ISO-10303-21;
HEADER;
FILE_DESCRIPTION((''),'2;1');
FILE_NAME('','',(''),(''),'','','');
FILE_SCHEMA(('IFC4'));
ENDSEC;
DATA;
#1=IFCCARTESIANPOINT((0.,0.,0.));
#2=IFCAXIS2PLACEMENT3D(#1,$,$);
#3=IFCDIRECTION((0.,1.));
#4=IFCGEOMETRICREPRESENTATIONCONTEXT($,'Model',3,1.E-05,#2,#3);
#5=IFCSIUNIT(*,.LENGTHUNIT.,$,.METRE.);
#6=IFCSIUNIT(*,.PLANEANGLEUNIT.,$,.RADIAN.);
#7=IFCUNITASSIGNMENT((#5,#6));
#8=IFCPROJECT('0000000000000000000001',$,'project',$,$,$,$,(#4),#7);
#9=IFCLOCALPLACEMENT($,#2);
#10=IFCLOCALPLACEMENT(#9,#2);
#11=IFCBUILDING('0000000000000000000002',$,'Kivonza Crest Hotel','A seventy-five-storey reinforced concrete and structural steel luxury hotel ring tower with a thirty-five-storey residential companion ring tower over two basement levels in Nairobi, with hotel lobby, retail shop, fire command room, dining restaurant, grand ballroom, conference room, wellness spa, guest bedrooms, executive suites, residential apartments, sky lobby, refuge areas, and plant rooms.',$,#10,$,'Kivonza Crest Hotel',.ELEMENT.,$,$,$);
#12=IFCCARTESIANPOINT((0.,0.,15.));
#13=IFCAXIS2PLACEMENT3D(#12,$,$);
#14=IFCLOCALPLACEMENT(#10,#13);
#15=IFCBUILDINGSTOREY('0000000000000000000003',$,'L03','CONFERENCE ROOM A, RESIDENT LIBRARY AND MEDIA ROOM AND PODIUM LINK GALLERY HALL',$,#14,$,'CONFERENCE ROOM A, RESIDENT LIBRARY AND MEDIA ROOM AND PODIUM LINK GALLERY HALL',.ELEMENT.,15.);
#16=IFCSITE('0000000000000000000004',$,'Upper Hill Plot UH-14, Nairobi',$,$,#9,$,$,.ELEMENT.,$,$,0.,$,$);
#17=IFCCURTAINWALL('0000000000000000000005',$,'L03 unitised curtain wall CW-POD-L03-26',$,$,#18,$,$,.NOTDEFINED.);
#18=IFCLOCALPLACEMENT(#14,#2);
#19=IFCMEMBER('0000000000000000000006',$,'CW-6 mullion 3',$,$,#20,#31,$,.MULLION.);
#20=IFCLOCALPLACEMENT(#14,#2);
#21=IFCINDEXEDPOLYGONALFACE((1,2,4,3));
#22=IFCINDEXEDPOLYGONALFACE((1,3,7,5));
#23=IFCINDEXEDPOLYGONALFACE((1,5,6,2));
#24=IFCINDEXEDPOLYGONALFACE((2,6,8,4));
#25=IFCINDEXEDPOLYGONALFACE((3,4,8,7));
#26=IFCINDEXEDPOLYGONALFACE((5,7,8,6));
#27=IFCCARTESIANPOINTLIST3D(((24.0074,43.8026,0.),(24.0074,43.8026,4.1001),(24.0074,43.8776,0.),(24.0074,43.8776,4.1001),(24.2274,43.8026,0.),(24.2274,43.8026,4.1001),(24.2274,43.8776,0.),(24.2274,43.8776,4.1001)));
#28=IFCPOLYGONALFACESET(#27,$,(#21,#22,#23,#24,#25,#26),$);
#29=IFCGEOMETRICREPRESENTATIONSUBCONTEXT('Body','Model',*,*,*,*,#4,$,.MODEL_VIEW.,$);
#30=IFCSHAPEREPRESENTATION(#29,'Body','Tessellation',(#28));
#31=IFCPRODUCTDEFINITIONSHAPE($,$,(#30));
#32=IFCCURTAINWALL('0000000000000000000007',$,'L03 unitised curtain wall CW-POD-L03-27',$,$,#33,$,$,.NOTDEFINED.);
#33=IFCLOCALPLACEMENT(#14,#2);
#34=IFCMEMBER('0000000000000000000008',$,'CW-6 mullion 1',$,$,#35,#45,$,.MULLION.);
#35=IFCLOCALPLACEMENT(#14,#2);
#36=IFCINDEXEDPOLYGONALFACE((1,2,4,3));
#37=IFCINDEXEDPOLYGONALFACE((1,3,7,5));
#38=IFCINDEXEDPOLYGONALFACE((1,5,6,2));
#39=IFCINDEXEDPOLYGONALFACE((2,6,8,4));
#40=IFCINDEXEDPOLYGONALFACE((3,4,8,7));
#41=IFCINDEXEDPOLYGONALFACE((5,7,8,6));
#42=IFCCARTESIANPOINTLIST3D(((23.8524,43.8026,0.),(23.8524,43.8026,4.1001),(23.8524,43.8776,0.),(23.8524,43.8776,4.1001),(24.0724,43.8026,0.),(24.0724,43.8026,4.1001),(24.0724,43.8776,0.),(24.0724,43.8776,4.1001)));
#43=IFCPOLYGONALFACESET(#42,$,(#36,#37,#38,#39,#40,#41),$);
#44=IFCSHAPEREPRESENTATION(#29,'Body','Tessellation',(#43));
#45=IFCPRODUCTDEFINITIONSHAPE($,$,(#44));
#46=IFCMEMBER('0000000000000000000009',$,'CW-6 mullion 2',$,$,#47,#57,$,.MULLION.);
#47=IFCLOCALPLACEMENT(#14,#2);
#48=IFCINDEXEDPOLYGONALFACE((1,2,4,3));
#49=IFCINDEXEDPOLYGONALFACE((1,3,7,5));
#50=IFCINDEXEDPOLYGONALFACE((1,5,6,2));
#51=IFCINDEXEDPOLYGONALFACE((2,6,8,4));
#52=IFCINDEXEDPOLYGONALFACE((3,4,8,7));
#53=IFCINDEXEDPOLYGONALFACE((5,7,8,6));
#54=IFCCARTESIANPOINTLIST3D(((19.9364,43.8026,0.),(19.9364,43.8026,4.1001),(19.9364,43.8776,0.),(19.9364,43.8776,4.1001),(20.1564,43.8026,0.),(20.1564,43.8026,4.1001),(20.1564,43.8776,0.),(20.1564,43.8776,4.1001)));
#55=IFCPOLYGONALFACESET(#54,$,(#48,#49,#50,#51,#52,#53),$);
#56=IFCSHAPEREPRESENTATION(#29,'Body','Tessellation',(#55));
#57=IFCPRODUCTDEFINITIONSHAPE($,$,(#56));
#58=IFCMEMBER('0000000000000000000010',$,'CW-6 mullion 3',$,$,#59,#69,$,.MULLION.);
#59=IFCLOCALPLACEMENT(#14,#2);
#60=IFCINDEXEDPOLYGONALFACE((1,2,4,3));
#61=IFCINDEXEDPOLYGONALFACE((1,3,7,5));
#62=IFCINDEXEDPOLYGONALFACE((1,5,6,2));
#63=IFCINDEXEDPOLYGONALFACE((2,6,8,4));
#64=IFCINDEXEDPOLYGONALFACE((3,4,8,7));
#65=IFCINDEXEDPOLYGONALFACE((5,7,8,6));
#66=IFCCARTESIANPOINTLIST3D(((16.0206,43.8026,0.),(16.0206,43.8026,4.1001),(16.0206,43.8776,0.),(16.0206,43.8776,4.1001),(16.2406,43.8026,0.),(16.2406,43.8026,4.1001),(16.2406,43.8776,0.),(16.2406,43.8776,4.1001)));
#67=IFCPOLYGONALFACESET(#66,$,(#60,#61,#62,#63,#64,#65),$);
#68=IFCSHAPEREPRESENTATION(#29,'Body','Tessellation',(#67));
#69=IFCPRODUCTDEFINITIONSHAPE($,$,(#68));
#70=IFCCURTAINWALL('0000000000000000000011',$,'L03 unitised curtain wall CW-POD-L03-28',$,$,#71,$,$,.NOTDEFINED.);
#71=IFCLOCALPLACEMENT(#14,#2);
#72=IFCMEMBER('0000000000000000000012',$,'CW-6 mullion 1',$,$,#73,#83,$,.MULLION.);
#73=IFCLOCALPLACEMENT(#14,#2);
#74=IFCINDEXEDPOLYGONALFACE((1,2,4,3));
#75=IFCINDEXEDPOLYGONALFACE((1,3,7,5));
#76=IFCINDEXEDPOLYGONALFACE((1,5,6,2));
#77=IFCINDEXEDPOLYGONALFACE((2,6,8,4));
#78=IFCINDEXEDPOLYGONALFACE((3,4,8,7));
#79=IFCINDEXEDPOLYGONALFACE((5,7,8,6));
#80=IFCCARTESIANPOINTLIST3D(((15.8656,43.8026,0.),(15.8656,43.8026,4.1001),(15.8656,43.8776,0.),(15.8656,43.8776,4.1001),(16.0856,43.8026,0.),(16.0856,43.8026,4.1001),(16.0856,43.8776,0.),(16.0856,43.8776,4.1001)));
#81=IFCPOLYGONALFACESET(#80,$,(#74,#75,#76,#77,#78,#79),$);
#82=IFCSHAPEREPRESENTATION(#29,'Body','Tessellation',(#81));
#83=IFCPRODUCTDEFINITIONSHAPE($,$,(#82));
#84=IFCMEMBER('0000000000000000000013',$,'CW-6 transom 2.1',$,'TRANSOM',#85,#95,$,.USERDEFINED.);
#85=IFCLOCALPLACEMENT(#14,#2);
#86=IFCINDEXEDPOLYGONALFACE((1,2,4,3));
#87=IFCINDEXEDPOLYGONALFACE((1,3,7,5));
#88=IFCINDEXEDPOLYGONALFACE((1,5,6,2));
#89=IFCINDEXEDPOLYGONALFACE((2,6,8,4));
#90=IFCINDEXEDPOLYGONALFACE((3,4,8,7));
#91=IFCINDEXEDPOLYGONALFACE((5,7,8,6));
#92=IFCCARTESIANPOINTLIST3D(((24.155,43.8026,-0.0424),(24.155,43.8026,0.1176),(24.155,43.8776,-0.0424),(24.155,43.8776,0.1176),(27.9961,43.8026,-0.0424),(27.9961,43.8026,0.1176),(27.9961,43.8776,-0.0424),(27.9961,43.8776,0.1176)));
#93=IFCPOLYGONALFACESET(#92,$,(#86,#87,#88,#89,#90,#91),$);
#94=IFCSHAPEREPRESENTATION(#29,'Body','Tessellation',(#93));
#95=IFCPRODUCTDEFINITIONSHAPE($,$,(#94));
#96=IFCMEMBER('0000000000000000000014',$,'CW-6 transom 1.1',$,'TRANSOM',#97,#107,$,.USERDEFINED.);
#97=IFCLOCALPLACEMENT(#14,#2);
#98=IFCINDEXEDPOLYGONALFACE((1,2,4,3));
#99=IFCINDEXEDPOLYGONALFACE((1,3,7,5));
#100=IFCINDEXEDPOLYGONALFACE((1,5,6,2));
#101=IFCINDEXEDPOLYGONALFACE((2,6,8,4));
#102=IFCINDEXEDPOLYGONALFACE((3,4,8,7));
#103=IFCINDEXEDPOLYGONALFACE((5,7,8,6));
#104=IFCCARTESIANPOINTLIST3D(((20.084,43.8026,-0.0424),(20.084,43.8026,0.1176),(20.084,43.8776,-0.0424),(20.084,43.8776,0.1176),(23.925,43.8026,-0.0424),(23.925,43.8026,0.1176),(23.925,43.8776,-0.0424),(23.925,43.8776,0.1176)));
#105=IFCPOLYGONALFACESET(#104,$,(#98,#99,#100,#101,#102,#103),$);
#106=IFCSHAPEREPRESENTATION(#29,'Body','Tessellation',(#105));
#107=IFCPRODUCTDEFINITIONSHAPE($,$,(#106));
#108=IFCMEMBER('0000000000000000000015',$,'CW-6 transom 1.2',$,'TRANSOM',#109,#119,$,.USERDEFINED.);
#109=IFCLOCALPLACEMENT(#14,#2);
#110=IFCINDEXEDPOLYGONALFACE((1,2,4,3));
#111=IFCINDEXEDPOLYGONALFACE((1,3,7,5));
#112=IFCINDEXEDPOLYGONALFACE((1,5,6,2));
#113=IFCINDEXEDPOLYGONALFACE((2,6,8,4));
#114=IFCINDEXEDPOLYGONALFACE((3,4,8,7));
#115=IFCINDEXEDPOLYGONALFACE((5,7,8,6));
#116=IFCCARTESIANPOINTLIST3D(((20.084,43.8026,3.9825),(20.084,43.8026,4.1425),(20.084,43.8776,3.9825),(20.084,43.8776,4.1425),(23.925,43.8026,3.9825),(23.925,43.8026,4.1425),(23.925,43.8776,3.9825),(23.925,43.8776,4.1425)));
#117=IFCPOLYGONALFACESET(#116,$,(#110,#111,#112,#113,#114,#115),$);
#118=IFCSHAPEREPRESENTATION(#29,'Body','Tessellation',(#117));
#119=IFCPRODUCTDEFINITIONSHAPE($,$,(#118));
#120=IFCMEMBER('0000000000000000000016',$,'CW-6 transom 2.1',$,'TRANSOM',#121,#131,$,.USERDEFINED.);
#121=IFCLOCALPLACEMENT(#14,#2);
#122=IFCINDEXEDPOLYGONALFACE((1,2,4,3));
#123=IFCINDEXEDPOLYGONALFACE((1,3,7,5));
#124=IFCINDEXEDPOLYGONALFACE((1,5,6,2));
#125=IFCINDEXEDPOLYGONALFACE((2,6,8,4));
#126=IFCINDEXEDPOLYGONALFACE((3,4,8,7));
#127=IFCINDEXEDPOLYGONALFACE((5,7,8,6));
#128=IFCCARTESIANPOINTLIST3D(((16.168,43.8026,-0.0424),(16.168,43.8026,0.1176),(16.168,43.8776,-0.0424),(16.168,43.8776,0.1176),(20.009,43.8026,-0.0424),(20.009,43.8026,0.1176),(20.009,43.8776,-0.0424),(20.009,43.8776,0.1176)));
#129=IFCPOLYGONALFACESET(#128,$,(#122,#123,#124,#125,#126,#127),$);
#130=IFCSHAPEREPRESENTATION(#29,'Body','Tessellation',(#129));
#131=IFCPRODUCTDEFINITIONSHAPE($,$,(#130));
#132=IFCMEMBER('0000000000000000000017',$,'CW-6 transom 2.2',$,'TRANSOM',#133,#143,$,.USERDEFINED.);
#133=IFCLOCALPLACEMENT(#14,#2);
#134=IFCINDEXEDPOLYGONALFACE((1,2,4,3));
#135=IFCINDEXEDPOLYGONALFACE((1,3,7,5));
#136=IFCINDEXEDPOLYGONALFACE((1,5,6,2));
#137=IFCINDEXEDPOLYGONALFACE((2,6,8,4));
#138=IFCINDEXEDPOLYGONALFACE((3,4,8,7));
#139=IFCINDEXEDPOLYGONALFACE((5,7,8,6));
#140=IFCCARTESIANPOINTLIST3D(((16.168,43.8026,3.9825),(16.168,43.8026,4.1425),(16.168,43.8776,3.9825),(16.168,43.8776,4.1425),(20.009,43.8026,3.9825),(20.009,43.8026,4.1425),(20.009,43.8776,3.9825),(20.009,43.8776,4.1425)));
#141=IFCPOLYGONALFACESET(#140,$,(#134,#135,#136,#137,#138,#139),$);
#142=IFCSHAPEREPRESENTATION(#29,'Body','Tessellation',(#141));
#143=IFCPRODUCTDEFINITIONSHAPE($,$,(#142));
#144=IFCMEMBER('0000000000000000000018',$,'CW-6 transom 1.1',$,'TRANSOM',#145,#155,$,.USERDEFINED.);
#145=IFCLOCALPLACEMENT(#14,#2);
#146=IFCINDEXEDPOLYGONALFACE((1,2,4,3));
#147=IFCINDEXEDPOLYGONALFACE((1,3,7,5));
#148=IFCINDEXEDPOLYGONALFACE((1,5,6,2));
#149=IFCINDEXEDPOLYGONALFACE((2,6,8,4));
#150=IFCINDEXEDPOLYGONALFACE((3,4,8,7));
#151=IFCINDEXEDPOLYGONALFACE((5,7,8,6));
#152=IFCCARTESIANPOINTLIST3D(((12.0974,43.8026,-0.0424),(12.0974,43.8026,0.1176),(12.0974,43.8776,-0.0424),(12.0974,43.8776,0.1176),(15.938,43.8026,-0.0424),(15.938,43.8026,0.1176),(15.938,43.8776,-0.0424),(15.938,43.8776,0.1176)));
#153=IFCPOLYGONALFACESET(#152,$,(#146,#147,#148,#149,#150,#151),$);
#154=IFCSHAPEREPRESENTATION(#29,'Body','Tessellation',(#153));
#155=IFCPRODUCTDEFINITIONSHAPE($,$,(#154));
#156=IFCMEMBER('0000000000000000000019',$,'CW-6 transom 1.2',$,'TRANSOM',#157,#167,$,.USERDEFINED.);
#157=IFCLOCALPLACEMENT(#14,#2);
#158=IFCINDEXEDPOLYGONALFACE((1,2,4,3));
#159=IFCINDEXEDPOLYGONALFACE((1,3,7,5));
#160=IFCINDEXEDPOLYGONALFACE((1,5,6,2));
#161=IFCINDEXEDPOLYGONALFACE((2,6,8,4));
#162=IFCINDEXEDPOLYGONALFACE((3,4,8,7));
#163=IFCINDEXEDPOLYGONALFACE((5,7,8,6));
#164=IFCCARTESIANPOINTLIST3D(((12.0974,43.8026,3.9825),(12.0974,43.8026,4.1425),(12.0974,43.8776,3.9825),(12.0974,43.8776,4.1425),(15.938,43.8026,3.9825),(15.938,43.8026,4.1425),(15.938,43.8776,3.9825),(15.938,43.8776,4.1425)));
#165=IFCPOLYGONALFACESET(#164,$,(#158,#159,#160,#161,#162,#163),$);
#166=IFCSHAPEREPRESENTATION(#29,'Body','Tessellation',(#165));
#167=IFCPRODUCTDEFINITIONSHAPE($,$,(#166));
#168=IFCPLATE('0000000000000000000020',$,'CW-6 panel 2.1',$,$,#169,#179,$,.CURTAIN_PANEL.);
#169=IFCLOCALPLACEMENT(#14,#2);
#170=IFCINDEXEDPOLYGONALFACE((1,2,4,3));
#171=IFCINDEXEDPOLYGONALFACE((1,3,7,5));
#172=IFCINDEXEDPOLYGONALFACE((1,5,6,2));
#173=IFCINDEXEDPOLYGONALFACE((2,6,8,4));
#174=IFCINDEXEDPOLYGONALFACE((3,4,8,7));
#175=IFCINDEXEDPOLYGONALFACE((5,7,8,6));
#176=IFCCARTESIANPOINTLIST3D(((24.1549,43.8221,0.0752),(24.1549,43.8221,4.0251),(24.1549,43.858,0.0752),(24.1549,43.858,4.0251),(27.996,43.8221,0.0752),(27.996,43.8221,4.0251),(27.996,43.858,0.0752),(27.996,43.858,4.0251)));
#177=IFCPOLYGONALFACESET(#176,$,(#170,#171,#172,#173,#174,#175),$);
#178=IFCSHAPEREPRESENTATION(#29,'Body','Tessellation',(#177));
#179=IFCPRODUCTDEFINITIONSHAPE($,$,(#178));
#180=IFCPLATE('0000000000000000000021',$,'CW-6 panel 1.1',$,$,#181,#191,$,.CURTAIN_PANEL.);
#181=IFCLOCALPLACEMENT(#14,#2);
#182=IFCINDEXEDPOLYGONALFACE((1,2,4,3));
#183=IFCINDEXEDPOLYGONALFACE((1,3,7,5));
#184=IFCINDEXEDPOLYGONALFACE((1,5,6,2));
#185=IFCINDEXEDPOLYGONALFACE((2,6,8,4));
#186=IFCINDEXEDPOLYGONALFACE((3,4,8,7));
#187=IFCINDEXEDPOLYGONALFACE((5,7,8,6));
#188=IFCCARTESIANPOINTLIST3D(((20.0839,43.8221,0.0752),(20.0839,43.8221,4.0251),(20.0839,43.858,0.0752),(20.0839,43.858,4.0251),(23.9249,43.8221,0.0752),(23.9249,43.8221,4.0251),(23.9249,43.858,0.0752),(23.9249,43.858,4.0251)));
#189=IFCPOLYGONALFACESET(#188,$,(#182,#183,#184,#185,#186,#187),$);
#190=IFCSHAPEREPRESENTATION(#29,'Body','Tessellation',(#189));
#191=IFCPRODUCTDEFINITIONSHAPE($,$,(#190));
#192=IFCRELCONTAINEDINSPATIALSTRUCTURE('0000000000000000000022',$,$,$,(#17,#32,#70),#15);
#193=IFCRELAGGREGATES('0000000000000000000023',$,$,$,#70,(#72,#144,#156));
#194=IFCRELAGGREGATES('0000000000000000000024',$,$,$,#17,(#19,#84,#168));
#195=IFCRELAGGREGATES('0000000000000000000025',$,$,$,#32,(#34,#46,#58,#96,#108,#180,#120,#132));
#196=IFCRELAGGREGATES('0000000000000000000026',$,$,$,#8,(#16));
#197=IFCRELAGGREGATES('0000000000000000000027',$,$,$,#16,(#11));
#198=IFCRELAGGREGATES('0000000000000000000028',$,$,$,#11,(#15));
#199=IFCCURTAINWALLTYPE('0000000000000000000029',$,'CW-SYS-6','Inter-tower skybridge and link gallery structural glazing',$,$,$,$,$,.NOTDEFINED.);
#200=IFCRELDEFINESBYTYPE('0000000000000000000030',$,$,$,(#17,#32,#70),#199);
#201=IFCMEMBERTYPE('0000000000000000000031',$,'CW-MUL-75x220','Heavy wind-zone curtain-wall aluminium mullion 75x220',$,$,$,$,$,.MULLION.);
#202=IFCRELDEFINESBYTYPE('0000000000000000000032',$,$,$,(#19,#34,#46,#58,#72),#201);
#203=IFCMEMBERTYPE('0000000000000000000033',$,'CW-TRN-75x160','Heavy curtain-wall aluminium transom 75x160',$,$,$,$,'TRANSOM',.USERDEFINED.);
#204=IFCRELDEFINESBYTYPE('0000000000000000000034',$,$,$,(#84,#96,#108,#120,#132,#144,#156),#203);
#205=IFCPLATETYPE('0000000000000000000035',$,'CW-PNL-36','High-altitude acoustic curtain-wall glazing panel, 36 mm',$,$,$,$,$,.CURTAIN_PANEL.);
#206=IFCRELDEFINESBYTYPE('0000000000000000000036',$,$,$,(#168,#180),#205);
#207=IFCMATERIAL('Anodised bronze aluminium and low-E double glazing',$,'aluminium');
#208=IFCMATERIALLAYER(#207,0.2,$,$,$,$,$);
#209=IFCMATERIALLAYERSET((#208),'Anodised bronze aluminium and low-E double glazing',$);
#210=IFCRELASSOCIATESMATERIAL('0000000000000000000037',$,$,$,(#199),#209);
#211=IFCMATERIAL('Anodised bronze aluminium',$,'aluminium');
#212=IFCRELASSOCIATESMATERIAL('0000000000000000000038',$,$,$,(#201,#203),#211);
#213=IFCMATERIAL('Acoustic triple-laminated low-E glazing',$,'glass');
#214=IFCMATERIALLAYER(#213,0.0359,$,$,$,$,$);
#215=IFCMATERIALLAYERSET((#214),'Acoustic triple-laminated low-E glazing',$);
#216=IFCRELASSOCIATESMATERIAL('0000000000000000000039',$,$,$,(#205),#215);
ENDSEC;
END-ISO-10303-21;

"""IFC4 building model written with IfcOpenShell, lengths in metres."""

from ifc_helpers import new_model, si_unit, direction, frame, origin, origin_2d, place, context, subcontext, project, spatial, rectangle, extrude, material, layer, layer_set, material_profile, profile_set, type_object, element, aggregate, save


model = new_model("IFC4")

# Units and contexts
model_context = context("Model", 3, precision=1e-05, world=origin(), true_north=direction((0.0, 1.0)))
body_context = subcontext(model_context, "Body", "Model", "MODEL_VIEW")
ifc_project = project(units=[si_unit("LENGTHUNIT", "METRE"), si_unit("PLANEANGLEUNIT", "RADIAN")], contexts=[model_context])

# Site, building, storey
site_placement = place(None, origin())
site = spatial("IfcSite", under=ifc_project, at=site_placement, Name="Upper Hill Plot UH-14, Nairobi", CompositionType="ELEMENT", RefElevation=0.0)
building_placement = place(site_placement, origin())
building = spatial("IfcBuilding", under=site, at=building_placement, Name="Kivonza Crest Hotel", Description="A seventy-five-storey reinforced concrete and structural steel luxury hotel ring tower with a thirty-five-storey residential companion ring tower over two basement levels in Nairobi, with hotel lobby, retail shop, fire command room, dining restaurant, grand ballroom, conference room, wellness spa, guest bedrooms, executive suites, residential apartments, sky lobby, refuge areas, and plant rooms.", LongName="Kivonza Crest Hotel", CompositionType="ELEMENT")
storey_placement = place(building_placement, frame((0.0, 0.0, 15.0)))
storey = spatial("IfcBuildingStorey", under=building, at=storey_placement, Name="L03", Description="CONFERENCE ROOM A, RESIDENT LIBRARY AND MEDIA ROOM AND PODIUM LINK GALLERY HALL", LongName="CONFERENCE ROOM A, RESIDENT LIBRARY AND MEDIA ROOM AND PODIUM LINK GALLERY HALL", CompositionType="ELEMENT", Elevation=15.0)

# Curtain wall, member
ifc_material_1 = material(Name="Anodised bronze aluminium and low-E double glazing", Category="aluminium")
ifc_layer_1 = layer(ifc_material_1, 0.2)
ifc_layer_set_1 = layer_set([ifc_layer_1], Name="Anodised bronze aluminium and low-E double glazing")
curtain_wall_type = type_object("IfcCurtainWallType", Name="CW-SYS-6", Description="Inter-tower skybridge and link gallery structural glazing", PredefinedType="NOTDEFINED", material=ifc_layer_set_1)
curtain_wall_1_placement = place(storey_placement, origin())
curtain_wall_1 = element("IfcCurtainWall", 1, at=curtain_wall_1_placement, inside=storey, type_object=curtain_wall_type, Name="L03 unitised curtain wall CW-POD-L03-26", PredefinedType="NOTDEFINED")
ifc_material_2 = material(Name="Anodised bronze aluminium", Category="aluminium")
ifc_material_profile_1 = material_profile(ifc_material_2, rectangle(XDim=0.075, YDim=0.22, at=origin_2d()), Name="CW-M 75x220")
ifc_profile_set_1 = profile_set([ifc_material_profile_1], Name="Anodised bronze aluminium")
member_type_1 = type_object("IfcMemberType", Name="CW-MUL-75x220", Description="Heavy wind-zone curtain-wall aluminium mullion 75x220", PredefinedType="MULLION", material=ifc_profile_set_1)
member_1_placement = place(storey_placement, frame((24.1174, 43.8401, 0.0), z_axis=(0.0, 0.0, 1.0), x_axis=(0.0, -1.0, 0.0)))
member_1 = element("IfcMember", 2, at=member_1_placement, type_object=member_type_1, Name="CW-6 mullion 3", PredefinedType="MULLION", context=body_context, shape_type="SweptSolid", body=[
    extrude(rectangle(XDim=0.075, YDim=0.22, at=origin_2d()), origin(), (0.0, 0.0, 1.0), 4.1001),
])

# Curtain wall, members
curtain_wall_2_placement = place(storey_placement, origin())
curtain_wall_2 = element("IfcCurtainWall", 3, at=curtain_wall_2_placement, inside=storey, type_object=curtain_wall_type, Name="L03 unitised curtain wall CW-POD-L03-27", PredefinedType="NOTDEFINED")
member_2_placement = place(storey_placement, frame((23.9624, 43.8401, 0.0), z_axis=(0.0, 0.0, 1.0), x_axis=(0.0, -1.0, 0.0)))
member_2 = element("IfcMember", 4, at=member_2_placement, type_object=member_type_1, Name="CW-6 mullion 1", PredefinedType="MULLION", context=body_context, shape_type="SweptSolid", body=[
    extrude(rectangle(XDim=0.075, YDim=0.22, at=origin_2d()), origin(), (0.0, 0.0, 1.0), 4.1001),
])
member_3_placement = place(storey_placement, frame((20.0464, 43.8401, 0.0), z_axis=(0.0, 0.0, 1.0), x_axis=(0.0, -1.0, 0.0)))
member_3 = element("IfcMember", 5, at=member_3_placement, type_object=member_type_1, Name="CW-6 mullion 2", PredefinedType="MULLION", context=body_context, shape_type="SweptSolid", body=[
    extrude(rectangle(XDim=0.075, YDim=0.22, at=origin_2d()), origin(), (0.0, 0.0, 1.0), 4.1001),
])
member_4_placement = place(storey_placement, frame((16.1306, 43.8401, 0.0), z_axis=(0.0, 0.0, 1.0), x_axis=(0.0, -1.0, 0.0)))
member_4 = element("IfcMember", 6, at=member_4_placement, type_object=member_type_1, Name="CW-6 mullion 3", PredefinedType="MULLION", context=body_context, shape_type="SweptSolid", body=[
    extrude(rectangle(XDim=0.075, YDim=0.22, at=origin_2d()), origin(), (0.0, 0.0, 1.0), 4.1001),
])

# Curtain wall, member
curtain_wall_3_placement = place(storey_placement, origin())
curtain_wall_3 = element("IfcCurtainWall", 7, at=curtain_wall_3_placement, inside=storey, type_object=curtain_wall_type, Name="L03 unitised curtain wall CW-POD-L03-28", PredefinedType="NOTDEFINED")
member_5_placement = place(storey_placement, frame((15.9756, 43.8401, 0.0), z_axis=(0.0, 0.0, 1.0), x_axis=(0.0, -1.0, 0.0)))
member_5 = element("IfcMember", 8, at=member_5_placement, type_object=member_type_1, Name="CW-6 mullion 1", PredefinedType="MULLION", context=body_context, shape_type="SweptSolid", body=[
    extrude(rectangle(XDim=0.075, YDim=0.22, at=origin_2d()), origin(), (0.0, 0.0, 1.0), 4.1001),
])

# Members
ifc_material_profile_2 = material_profile(ifc_material_2, rectangle(XDim=0.075, YDim=0.1599, at=origin_2d()), Name="CW-T 75x160")
ifc_profile_set_2 = profile_set([ifc_material_profile_2], Name="Anodised bronze aluminium")
member_type_2 = type_object("IfcMemberType", Name="CW-TRN-75x160", Description="Heavy curtain-wall aluminium transom 75x160", ElementType="TRANSOM", PredefinedType="USERDEFINED", material=ifc_profile_set_2)
member_6_placement = place(storey_placement, frame((27.9961, 43.8401, 0.0376), z_axis=(-1.0, 0.0, 0.0), x_axis=(0.0, -1.0, 0.0)))
member_6 = element("IfcMember", 9, at=member_6_placement, type_object=member_type_2, Name="CW-6 transom 2.1", ObjectType="TRANSOM", PredefinedType="USERDEFINED", context=body_context, shape_type="SweptSolid", body=[
    extrude(rectangle(XDim=0.075, YDim=0.1599, at=origin_2d()), origin(), (0.0, 0.0, 1.0), 3.8411),
])
member_7_placement = place(storey_placement, frame((23.925, 43.8401, 0.0376), z_axis=(-1.0, 0.0, 0.0), x_axis=(0.0, -1.0, 0.0)))
member_7 = element("IfcMember", 10, at=member_7_placement, type_object=member_type_2, Name="CW-6 transom 1.1", ObjectType="TRANSOM", PredefinedType="USERDEFINED", context=body_context, shape_type="SweptSolid", body=[
    extrude(rectangle(XDim=0.075, YDim=0.1599, at=origin_2d()), origin(), (0.0, 0.0, 1.0), 3.8411),
])
member_8_placement = place(storey_placement, frame((23.925, 43.8401, 4.0625), z_axis=(-1.0, 0.0, 0.0), x_axis=(0.0, -1.0, 0.0)))
member_8 = element("IfcMember", 11, at=member_8_placement, type_object=member_type_2, Name="CW-6 transom 1.2", ObjectType="TRANSOM", PredefinedType="USERDEFINED", context=body_context, shape_type="SweptSolid", body=[
    extrude(rectangle(XDim=0.075, YDim=0.1599, at=origin_2d()), origin(), (0.0, 0.0, 1.0), 3.8411),
])
member_9_placement = place(storey_placement, frame((20.009, 43.8401, 0.0376), z_axis=(-1.0, 0.0, 0.0), x_axis=(0.0, -1.0, 0.0)))
member_9 = element("IfcMember", 12, at=member_9_placement, type_object=member_type_2, Name="CW-6 transom 2.1", ObjectType="TRANSOM", PredefinedType="USERDEFINED", context=body_context, shape_type="SweptSolid", body=[
    extrude(rectangle(XDim=0.075, YDim=0.1599, at=origin_2d()), origin(), (0.0, 0.0, 1.0), 3.8411),
])
member_10_placement = place(storey_placement, frame((20.009, 43.8401, 4.0625), z_axis=(-1.0, 0.0, 0.0), x_axis=(0.0, -1.0, 0.0)))
member_10 = element("IfcMember", 13, at=member_10_placement, type_object=member_type_2, Name="CW-6 transom 2.2", ObjectType="TRANSOM", PredefinedType="USERDEFINED", context=body_context, shape_type="SweptSolid", body=[
    extrude(rectangle(XDim=0.075, YDim=0.1599, at=origin_2d()), origin(), (0.0, 0.0, 1.0), 3.8411),
])
member_11_placement = place(storey_placement, frame((15.938, 43.8401, 0.0376), z_axis=(-1.0, 0.0, 0.0), x_axis=(0.0, -1.0, 0.0)))
member_11 = element("IfcMember", 14, at=member_11_placement, type_object=member_type_2, Name="CW-6 transom 1.1", ObjectType="TRANSOM", PredefinedType="USERDEFINED", context=body_context, shape_type="SweptSolid", body=[
    extrude(rectangle(XDim=0.075, YDim=0.1599, at=origin_2d()), origin(), (0.0, 0.0, 1.0), 3.8406),
])
member_12_placement = place(storey_placement, frame((15.938, 43.8401, 4.0625), z_axis=(-1.0, 0.0, 0.0), x_axis=(0.0, -1.0, 0.0)))
member_12 = element("IfcMember", 15, at=member_12_placement, type_object=member_type_2, Name="CW-6 transom 1.2", ObjectType="TRANSOM", PredefinedType="USERDEFINED", context=body_context, shape_type="SweptSolid", body=[
    extrude(rectangle(XDim=0.075, YDim=0.1599, at=origin_2d()), origin(), (0.0, 0.0, 1.0), 3.8406),
])
aggregate(curtain_wall_3, [member_5, member_11, member_12])

# Plates
ifc_material_3 = material(Name="Acoustic triple-laminated low-E glazing", Category="glass")
ifc_layer_2 = layer(ifc_material_3, 0.0359)
ifc_layer_set_2 = layer_set([ifc_layer_2], Name="Acoustic triple-laminated low-E glazing")
plate_type = type_object("IfcPlateType", Name="CW-PNL-36", Description="High-altitude acoustic curtain-wall glazing panel, 36 mm", PredefinedType="CURTAIN_PANEL", material=ifc_layer_set_2)
plate_1_placement = place(storey_placement, frame((26.0754, 43.8401, 0.0752), z_axis=(0.0, 0.0, 1.0), x_axis=(-1.0, 0.0, 0.0)))
plate_1 = element("IfcPlate", 16, at=plate_1_placement, type_object=plate_type, Name="CW-6 panel 2.1", PredefinedType="CURTAIN_PANEL", context=body_context, shape_type="SweptSolid", body=[
    extrude(rectangle(XDim=3.8411, YDim=0.0359, at=origin_2d()), origin(), (0.0, 0.0, 1.0), 3.95),
])
aggregate(curtain_wall_1, [member_1, member_6, plate_1])
plate_2_placement = place(storey_placement, frame((22.0044, 43.8401, 0.0752), z_axis=(0.0, 0.0, 1.0), x_axis=(-1.0, 0.0, 0.0)))
plate_2 = element("IfcPlate", 17, at=plate_2_placement, type_object=plate_type, Name="CW-6 panel 1.1", PredefinedType="CURTAIN_PANEL", context=body_context, shape_type="SweptSolid", body=[
    extrude(rectangle(XDim=3.8411, YDim=0.0359, at=origin_2d()), origin(), (0.0, 0.0, 1.0), 3.95),
])
aggregate(curtain_wall_2, [member_2, member_3, member_4, member_7, member_8, plate_2, member_9, member_10])

save(model, "model.ifc")
